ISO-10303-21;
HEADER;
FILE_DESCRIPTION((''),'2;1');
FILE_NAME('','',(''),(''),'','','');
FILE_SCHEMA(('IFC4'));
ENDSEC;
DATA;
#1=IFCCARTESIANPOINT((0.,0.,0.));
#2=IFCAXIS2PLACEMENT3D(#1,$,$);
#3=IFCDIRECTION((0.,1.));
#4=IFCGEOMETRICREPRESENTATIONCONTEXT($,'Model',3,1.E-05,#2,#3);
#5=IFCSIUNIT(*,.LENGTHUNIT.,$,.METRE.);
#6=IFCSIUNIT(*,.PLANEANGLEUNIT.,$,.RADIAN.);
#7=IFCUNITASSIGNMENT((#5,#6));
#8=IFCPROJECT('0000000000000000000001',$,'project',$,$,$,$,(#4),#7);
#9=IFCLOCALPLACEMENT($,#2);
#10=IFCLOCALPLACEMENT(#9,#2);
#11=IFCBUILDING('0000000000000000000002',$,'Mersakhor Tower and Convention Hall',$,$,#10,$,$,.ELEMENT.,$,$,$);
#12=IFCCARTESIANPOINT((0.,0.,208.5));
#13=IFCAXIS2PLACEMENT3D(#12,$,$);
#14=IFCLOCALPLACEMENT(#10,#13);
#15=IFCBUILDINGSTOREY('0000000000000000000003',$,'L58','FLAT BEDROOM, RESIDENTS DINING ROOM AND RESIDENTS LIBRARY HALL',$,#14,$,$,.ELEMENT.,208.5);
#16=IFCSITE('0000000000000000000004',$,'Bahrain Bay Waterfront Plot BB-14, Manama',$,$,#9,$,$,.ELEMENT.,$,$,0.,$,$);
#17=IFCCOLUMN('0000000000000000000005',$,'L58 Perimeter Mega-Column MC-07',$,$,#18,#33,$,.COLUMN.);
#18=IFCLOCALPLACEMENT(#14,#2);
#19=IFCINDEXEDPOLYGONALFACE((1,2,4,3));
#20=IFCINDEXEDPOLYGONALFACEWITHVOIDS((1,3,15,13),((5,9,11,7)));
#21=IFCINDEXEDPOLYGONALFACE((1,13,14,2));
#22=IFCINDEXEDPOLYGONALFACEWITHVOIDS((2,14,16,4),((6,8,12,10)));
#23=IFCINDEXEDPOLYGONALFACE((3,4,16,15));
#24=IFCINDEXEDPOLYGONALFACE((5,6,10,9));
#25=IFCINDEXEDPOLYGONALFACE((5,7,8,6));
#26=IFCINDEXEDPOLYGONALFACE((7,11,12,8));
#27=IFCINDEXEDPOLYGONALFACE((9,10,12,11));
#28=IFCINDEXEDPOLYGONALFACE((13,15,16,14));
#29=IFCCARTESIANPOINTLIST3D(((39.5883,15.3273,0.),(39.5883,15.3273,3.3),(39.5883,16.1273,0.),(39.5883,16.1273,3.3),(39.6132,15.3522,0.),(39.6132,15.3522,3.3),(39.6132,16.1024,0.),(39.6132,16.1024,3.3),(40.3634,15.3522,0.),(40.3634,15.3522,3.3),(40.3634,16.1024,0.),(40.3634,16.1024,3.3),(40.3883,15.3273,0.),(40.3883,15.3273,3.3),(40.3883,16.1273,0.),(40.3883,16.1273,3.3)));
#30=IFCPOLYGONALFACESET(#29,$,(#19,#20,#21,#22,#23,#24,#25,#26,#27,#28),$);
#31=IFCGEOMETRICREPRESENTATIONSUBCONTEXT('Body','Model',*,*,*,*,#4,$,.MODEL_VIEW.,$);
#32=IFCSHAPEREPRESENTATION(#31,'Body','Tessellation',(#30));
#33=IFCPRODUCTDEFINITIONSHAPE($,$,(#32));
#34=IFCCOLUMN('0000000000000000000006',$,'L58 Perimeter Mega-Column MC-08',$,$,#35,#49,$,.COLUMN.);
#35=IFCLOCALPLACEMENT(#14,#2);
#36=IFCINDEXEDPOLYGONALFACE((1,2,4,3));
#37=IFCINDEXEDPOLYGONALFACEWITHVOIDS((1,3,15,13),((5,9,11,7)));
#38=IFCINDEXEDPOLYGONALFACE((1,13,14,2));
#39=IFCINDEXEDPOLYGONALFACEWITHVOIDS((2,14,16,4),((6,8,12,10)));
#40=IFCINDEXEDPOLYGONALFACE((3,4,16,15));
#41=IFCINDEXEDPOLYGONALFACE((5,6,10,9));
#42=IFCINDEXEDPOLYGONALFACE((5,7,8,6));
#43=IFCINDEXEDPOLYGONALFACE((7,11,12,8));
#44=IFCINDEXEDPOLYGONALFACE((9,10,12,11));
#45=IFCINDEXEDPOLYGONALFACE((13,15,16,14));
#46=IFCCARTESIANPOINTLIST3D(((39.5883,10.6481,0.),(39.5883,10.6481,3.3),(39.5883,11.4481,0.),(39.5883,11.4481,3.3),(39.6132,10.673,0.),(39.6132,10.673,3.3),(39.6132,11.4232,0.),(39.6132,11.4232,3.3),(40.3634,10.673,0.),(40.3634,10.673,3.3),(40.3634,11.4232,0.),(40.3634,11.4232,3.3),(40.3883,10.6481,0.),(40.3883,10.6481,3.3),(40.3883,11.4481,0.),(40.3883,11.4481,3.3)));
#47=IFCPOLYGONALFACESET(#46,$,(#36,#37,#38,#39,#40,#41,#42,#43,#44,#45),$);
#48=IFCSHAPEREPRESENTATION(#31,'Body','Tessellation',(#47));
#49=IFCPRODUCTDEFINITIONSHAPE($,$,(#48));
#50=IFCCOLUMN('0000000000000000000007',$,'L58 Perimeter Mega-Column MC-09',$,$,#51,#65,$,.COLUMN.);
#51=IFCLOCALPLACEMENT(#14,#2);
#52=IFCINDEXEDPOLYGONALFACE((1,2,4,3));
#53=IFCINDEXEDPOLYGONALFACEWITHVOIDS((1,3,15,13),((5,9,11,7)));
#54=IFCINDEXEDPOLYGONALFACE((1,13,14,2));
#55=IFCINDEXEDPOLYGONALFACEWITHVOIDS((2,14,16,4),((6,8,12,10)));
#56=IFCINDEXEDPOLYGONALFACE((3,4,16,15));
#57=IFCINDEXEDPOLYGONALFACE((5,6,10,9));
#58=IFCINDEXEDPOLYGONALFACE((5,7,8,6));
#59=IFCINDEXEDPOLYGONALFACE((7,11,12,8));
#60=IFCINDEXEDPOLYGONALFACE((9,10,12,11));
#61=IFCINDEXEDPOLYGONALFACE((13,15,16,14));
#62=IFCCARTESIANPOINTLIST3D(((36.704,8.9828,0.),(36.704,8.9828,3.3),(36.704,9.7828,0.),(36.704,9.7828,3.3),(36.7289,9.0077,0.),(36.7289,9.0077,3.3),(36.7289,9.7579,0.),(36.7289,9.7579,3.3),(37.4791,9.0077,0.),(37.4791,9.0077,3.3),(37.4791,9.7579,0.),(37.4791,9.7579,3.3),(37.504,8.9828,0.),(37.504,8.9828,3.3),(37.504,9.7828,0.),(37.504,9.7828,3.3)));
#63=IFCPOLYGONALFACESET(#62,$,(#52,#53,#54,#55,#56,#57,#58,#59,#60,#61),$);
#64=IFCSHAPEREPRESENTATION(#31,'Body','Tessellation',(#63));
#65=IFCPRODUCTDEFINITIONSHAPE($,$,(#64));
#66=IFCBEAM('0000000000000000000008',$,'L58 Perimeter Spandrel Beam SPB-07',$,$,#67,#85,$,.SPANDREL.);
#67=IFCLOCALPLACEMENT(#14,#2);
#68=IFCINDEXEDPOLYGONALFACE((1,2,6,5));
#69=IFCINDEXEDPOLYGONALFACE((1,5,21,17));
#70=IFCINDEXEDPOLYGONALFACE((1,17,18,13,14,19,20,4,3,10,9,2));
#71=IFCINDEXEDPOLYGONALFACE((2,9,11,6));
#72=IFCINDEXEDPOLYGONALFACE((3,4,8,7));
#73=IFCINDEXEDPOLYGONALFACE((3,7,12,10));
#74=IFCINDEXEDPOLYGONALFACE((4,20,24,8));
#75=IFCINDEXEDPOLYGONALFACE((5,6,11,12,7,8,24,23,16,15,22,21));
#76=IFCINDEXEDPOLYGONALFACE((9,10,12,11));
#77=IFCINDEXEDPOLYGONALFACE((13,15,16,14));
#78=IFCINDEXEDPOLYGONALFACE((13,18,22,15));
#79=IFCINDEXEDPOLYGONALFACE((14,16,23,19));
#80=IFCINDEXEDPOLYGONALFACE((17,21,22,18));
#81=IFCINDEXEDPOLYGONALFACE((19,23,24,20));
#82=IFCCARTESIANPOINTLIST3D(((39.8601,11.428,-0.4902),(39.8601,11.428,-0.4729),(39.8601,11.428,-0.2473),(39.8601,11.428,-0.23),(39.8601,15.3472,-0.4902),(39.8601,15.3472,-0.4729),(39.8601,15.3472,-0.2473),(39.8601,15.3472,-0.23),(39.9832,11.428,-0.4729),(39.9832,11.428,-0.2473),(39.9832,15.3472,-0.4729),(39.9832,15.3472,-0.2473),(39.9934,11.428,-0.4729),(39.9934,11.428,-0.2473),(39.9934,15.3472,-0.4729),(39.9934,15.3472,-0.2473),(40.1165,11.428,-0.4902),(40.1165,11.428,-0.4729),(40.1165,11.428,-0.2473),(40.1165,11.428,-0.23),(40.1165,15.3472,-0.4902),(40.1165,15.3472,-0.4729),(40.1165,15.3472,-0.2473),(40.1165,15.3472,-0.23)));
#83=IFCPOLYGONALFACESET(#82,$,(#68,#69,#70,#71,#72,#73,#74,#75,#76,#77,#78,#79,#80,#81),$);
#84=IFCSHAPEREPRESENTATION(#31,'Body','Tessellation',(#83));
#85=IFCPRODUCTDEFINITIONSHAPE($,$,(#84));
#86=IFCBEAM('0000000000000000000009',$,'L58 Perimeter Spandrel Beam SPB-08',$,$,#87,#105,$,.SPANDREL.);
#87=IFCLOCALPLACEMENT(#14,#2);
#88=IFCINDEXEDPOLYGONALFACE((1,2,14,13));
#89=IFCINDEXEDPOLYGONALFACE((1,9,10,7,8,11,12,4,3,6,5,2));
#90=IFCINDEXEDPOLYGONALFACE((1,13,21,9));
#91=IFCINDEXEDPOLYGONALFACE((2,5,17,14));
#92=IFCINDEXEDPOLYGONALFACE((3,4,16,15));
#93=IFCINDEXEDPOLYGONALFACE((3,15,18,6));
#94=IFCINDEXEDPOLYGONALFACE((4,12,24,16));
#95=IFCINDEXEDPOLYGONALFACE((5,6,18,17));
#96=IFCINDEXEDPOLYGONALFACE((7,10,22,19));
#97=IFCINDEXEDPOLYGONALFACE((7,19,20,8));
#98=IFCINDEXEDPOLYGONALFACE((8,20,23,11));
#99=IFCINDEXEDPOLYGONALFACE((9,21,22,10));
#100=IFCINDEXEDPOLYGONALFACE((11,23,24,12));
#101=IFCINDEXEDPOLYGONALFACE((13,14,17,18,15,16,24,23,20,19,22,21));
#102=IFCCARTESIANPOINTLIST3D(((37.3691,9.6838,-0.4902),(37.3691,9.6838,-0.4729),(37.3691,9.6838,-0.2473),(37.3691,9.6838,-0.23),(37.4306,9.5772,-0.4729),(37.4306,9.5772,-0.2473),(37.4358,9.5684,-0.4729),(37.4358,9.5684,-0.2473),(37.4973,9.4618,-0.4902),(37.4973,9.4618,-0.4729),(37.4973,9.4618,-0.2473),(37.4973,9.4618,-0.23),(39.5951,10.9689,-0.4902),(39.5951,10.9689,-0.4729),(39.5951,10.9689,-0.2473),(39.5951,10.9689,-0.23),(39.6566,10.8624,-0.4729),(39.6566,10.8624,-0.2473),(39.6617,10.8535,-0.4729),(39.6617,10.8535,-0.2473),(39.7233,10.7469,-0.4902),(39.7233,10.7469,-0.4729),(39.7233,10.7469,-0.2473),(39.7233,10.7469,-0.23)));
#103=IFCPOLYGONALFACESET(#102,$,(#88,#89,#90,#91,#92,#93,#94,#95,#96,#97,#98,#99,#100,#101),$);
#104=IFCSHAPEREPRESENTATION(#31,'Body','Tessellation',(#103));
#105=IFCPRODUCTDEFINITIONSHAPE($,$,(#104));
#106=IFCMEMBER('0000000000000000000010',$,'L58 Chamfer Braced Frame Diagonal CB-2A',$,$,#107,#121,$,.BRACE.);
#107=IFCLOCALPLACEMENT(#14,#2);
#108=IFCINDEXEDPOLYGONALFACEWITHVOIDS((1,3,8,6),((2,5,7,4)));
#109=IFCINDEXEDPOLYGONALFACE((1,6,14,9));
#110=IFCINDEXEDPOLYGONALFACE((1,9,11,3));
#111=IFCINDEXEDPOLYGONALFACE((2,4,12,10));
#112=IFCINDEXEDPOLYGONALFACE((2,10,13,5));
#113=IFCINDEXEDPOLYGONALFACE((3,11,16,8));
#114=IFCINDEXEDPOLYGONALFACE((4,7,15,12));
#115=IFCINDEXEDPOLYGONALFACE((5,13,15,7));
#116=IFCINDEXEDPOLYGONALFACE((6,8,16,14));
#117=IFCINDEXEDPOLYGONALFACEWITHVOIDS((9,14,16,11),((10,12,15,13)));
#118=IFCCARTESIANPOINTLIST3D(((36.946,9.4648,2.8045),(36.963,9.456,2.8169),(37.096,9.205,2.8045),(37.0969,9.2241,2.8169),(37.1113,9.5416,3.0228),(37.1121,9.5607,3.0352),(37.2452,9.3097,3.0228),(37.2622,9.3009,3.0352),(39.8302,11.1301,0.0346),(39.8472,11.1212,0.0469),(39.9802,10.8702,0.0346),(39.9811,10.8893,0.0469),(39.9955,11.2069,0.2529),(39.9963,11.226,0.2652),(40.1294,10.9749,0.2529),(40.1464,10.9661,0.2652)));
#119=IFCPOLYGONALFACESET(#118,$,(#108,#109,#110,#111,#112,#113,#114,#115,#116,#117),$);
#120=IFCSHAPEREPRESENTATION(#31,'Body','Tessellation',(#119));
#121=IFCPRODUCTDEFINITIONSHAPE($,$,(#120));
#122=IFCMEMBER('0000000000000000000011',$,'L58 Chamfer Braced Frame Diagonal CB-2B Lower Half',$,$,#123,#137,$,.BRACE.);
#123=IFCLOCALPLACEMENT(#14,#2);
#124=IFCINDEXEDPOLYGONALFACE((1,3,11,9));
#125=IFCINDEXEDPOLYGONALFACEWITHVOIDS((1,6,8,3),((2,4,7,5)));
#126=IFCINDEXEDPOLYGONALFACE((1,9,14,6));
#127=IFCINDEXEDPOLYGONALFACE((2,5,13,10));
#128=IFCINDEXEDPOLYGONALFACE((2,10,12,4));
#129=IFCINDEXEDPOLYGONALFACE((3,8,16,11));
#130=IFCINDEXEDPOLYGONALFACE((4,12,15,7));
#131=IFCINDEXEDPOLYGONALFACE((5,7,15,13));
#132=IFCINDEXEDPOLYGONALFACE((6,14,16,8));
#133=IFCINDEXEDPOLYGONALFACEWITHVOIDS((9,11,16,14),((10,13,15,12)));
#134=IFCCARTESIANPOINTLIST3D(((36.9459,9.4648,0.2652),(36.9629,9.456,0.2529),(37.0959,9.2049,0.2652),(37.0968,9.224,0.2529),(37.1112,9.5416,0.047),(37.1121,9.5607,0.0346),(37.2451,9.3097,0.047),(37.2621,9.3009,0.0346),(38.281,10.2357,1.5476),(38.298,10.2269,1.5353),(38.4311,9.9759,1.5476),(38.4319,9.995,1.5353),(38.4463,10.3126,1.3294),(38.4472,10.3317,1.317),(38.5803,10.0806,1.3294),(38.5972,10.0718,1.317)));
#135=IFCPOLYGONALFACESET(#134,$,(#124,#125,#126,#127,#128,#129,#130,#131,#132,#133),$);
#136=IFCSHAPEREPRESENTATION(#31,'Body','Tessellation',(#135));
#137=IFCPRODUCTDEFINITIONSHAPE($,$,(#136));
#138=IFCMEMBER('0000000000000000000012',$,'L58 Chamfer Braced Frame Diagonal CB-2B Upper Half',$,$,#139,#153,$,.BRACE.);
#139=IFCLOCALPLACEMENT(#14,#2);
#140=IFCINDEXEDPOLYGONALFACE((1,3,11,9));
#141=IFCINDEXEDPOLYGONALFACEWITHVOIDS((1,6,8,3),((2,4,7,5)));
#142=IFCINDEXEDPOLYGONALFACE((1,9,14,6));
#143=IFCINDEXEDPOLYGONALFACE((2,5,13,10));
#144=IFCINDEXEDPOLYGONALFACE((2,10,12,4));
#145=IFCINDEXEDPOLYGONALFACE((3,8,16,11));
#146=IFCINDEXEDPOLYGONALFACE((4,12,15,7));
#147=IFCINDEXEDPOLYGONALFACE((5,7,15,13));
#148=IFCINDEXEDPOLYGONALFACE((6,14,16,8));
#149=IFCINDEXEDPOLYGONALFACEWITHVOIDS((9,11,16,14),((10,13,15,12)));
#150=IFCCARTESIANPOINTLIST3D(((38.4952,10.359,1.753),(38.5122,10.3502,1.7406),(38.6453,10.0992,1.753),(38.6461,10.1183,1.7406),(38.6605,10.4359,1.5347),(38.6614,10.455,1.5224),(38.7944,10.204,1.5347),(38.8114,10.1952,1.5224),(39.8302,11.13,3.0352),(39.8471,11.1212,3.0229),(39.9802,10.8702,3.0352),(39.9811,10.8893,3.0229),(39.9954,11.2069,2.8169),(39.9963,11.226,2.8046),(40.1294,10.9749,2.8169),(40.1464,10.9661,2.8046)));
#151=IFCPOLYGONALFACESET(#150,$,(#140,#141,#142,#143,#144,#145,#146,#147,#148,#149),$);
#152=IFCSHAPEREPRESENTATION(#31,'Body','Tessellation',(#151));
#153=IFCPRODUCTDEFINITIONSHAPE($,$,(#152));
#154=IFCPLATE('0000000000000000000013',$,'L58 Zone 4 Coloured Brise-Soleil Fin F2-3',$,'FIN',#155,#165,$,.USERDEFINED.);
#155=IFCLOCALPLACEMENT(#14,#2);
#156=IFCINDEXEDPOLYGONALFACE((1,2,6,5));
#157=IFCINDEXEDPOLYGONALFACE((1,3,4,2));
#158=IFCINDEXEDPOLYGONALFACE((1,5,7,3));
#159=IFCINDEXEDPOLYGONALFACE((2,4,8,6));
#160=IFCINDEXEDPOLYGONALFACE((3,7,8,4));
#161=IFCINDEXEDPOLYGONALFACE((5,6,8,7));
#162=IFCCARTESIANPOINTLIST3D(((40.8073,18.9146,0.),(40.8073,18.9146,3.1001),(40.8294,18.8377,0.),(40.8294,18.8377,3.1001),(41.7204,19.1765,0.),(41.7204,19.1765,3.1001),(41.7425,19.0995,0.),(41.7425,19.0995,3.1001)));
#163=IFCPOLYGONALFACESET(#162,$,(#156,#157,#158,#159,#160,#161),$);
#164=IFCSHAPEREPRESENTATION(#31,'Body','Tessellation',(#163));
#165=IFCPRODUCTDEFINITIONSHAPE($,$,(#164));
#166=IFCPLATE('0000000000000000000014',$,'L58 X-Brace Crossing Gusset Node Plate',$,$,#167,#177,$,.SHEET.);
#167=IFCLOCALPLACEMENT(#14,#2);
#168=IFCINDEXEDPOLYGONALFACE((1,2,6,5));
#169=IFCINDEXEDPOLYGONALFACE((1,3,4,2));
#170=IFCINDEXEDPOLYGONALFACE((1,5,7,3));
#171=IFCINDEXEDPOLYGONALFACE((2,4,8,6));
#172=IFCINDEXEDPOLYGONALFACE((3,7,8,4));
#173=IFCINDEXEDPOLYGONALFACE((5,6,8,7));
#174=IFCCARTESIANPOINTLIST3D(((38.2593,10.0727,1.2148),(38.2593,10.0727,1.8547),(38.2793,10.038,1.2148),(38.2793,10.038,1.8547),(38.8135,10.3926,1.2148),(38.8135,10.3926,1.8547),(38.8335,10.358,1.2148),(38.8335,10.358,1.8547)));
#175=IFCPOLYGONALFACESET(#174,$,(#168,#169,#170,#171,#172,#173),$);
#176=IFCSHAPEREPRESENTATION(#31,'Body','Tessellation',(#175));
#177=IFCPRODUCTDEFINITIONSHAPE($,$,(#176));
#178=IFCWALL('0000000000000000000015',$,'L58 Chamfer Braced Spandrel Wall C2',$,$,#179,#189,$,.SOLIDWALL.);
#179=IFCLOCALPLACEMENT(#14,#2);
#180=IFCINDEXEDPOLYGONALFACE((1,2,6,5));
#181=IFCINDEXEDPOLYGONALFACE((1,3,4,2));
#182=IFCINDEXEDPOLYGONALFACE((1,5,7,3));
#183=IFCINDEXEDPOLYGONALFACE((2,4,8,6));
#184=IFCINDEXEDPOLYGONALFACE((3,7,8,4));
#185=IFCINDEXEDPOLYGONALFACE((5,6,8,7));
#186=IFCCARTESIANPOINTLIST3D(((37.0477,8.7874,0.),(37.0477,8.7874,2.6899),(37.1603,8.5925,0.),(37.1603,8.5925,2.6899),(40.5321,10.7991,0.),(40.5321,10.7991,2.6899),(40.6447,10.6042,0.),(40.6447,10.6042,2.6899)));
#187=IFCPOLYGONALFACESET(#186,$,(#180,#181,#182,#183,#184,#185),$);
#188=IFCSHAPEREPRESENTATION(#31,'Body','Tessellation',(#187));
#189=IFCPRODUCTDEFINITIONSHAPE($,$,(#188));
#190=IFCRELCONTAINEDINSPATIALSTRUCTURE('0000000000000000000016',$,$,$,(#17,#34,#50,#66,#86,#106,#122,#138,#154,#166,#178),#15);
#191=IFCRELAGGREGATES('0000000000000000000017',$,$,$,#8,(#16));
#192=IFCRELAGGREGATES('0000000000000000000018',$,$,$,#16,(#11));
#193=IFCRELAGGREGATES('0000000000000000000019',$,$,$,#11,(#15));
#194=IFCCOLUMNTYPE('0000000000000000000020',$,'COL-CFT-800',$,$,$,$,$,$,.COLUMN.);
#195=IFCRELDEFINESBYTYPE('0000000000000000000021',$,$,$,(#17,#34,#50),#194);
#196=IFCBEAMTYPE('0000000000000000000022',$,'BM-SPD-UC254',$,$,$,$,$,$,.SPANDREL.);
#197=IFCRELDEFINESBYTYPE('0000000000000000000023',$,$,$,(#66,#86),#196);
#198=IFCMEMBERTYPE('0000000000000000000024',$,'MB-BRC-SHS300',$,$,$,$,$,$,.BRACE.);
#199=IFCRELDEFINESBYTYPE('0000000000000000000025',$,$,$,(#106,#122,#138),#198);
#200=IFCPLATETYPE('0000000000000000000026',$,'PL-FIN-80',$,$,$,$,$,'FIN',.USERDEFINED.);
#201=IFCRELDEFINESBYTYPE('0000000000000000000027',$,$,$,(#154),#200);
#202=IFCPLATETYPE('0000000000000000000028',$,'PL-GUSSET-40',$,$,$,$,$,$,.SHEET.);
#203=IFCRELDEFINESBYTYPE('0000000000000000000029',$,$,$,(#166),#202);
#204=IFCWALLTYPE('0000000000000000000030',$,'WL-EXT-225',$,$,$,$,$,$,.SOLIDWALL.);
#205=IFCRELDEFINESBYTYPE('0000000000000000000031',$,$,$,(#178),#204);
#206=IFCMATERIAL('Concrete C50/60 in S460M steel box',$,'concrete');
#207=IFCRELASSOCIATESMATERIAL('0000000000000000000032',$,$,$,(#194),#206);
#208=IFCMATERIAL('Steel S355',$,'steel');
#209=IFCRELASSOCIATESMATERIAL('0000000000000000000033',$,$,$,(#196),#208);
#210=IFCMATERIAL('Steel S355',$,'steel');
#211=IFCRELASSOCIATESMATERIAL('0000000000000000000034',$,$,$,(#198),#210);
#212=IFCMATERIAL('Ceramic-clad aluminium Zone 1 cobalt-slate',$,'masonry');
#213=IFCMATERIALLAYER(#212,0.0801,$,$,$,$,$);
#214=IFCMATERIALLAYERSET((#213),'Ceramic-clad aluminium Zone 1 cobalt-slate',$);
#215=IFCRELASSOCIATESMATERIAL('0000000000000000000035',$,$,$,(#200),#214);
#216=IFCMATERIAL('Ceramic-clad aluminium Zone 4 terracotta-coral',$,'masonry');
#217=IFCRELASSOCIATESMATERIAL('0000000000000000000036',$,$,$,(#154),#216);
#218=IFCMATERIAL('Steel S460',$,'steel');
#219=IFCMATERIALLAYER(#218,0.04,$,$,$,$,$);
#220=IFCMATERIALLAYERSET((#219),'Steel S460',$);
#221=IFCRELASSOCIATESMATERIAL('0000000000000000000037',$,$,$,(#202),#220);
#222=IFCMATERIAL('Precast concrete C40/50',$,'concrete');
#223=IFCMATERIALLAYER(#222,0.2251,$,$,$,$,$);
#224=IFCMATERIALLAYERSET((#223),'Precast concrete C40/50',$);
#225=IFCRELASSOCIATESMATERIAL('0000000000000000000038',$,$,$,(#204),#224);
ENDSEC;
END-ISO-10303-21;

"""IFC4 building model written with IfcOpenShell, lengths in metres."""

from ifc_helpers import new_model, si_unit, direction, frame, frame_2d, origin, origin_2d, place, context, subcontext, project, spatial, rectangle, hollow_rectangle, i_section, extrude, material, layer, layer_set, material_profile, profile_set, type_object, element, save


model = new_model("IFC4")

# Units and contexts
model_context = context("Model", 3, precision=1e-05, world=origin(), true_north=direction((0.0, 1.0)))
body_context = subcontext(model_context, "Body", "Model", "MODEL_VIEW")
ifc_project = project(units=[si_unit("LENGTHUNIT", "METRE"), si_unit("PLANEANGLEUNIT", "RADIAN")], contexts=[model_context])

# Site, building, storey
site_placement = place(None, origin())
site = spatial("IfcSite", under=ifc_project, at=site_placement, Name="Bahrain Bay Waterfront Plot BB-14, Manama", CompositionType="ELEMENT", RefElevation=0.0)
building_placement = place(site_placement, origin())
building = spatial("IfcBuilding", under=site, at=building_placement, Name="Mersakhor Tower and Convention Hall", CompositionType="ELEMENT")
storey_placement = place(building_placement, frame((0.0, 0.0, 208.5)))
storey = spatial("IfcBuildingStorey", under=building, at=storey_placement, Name="L58", Description="FLAT BEDROOM, RESIDENTS DINING ROOM AND RESIDENTS LIBRARY HALL", CompositionType="ELEMENT", Elevation=208.5)

# Columns
ifc_material_1 = material(Name="Concrete C50/60 in S460M steel box", Category="concrete")
ifc_material_profile_1 = material_profile(ifc_material_1, hollow_rectangle(XDim=0.8, YDim=0.8, WallThickness=0.0249, at=origin_2d()), Name="SHS 800x800x25")
ifc_profile_set_1 = profile_set([ifc_material_profile_1], Name="Concrete C50/60 in S460M steel box")
column_type = type_object("IfcColumnType", Name="COL-CFT-800", PredefinedType="COLUMN", material=ifc_profile_set_1)
for number, where, z_axis, x_axis, name in (
    (1, (39.9883, 15.7273, 0.0), (0.0, 0.0, 1.0), (1.0, 0.0, 0.0), "L58 Perimeter Mega-Column MC-07"),
    (2, (39.9883, 11.0481, 0.0), (0.0, 0.0, 1.0), (1.0, 0.0, 0.0), "L58 Perimeter Mega-Column MC-08"),
    (3, (37.104, 9.3828, 0.0), (0.0, 0.0, 1.0), (1.0, 0.0, 0.0), "L58 Perimeter Mega-Column MC-09"),
):
    element("IfcColumn", number, at=place(storey_placement, frame(where, z_axis=z_axis, x_axis=x_axis)), inside=storey, type_object=column_type, Name=name, PredefinedType="COLUMN", context=body_context, shape_type="SweptSolid", body=[
        extrude(hollow_rectangle(XDim=0.8, YDim=0.8, WallThickness=0.0249, at=origin_2d()), origin(), (0.0, 0.0, 1.0), 3.3),
    ])

# Beams
ifc_material_2 = material(Name="Steel S355", Category="steel")
ifc_material_profile_2 = material_profile(ifc_material_2, i_section(OverallWidth=0.2563, OverallDepth=0.2603, WebThickness=0.0103, FlangeThickness=0.0173, at=origin_2d()), Name="UC 254x254x89")
ifc_profile_set_2 = profile_set([ifc_material_profile_2], Name="Steel S355")
beam_type = type_object("IfcBeamType", Name="BM-SPD-UC254", PredefinedType="SPANDREL", material=ifc_profile_set_2)
beam_1_placement = place(storey_placement, frame((39.9883, 15.3472, -0.3601), z_axis=(0.0, -1.0, 0.0), x_axis=(1.0, 0.0, 0.0)))
element("IfcBeam", 4, at=beam_1_placement, inside=storey, type_object=beam_type, Name="L58 Perimeter Spandrel Beam SPB-07", PredefinedType="SPANDREL", context=body_context, shape_type="SweptSolid", body=[
    extrude(i_section(OverallWidth=0.2563, OverallDepth=0.2603, WebThickness=0.0103, FlangeThickness=0.0173, at=origin_2d()), origin(), (0.0, 0.0, 1.0), 3.9192),
])
beam_2_placement = place(storey_placement, frame((39.6592, 10.8579, -0.3601), z_axis=(-0.866037, -0.49998, 0.0), x_axis=(0.49998, -0.866037, 0.0)))
element("IfcBeam", 5, at=beam_2_placement, inside=storey, type_object=beam_type, Name="L58 Perimeter Spandrel Beam SPB-08", PredefinedType="SPANDREL", context=body_context, shape_type="SweptSolid", body=[
    extrude(i_section(OverallWidth=0.2563, OverallDepth=0.2603, WebThickness=0.0103, FlangeThickness=0.0173, at=origin_2d()), origin(), (0.0, 0.0, 1.0), 2.5703),
])

# Members
ifc_material_3 = material(Name="Steel S355", Category="steel")
ifc_material_profile_3 = material_profile(ifc_material_3, hollow_rectangle(XDim=0.3, YDim=0.3, WallThickness=0.0161, at=origin_2d()), Name="SHS 300x300x16")
ifc_profile_set_3 = profile_set([ifc_material_profile_3], Name="Steel S355")
member_type = type_object("IfcMemberType", Name="MB-BRC-SHS300", PredefinedType="BRACE", material=ifc_profile_set_3)
member_1_placement = place(storey_placement, frame((39.9883, 11.0481, 0.1499), z_axis=(-0.665825, -0.384425, 0.639449), x_axis=(0.50001, -0.86602, 0.0)))
element("IfcMember", 6, at=member_1_placement, inside=storey, type_object=member_type, Name="L58 Chamfer Braced Frame Diagonal CB-2A", PredefinedType="BRACE", context=body_context, shape_type="SweptSolid", body=[
    extrude(hollow_rectangle(XDim=0.3, YDim=0.3, WallThickness=0.0161, at=origin_2d()), origin(), (0.0, 0.0, 1.0), 4.3318),
])
member_2_placement = place(storey_placement, frame((37.104, 9.3828, 0.1499), z_axis=(0.665779, 0.384445, 0.639484), x_axis=(-0.500056, 0.865993, 0.0)))
element("IfcMember", 7, at=member_2_placement, inside=storey, type_object=member_type, Name="L58 Chamfer Braced Frame Diagonal CB-2B Lower Half", PredefinedType="BRACE", context=body_context, shape_type="SweptSolid", body=[
    extrude(hollow_rectangle(XDim=0.3, YDim=0.3, WallThickness=0.0161, at=origin_2d()), origin(), (0.0, 0.0, 1.0), 2.0054),
])
member_3_placement = place(storey_placement, frame((38.6533, 10.2771, 1.6377), z_axis=(0.665763, 0.384506, 0.639464), x_axis=(-0.500125, 0.865953, 0.0)))
element("IfcMember", 8, at=member_3_placement, inside=storey, type_object=member_type, Name="L58 Chamfer Braced Frame Diagonal CB-2B Upper Half", PredefinedType="BRACE", context=body_context, shape_type="SweptSolid", body=[
    extrude(hollow_rectangle(XDim=0.3, YDim=0.3, WallThickness=0.0161, at=origin_2d()), origin(), (0.0, 0.0, 1.0), 2.0051),
])

# Plates
ifc_material_4 = material(Name="Ceramic-clad aluminium Zone 4 terracotta-coral", Category="masonry")
ifc_material_5 = material(Name="Ceramic-clad aluminium Zone 1 cobalt-slate", Category="masonry")
ifc_layer_1 = layer(ifc_material_5, 0.0801)
ifc_layer_set_1 = layer_set([ifc_layer_1], Name="Ceramic-clad aluminium Zone 1 cobalt-slate")
plate_type_1 = type_object("IfcPlateType", Name="PL-FIN-80", ElementType="FIN", PredefinedType="USERDEFINED", material=ifc_layer_set_1)
plate_1_placement = place(storey_placement, frame((41.2749, 19.0071, 0.0), z_axis=(0.0, 0.0, 1.0), x_axis=(0.961262, 0.275637, 0.0)))
element("IfcPlate", 9, at=plate_1_placement, inside=storey, type_object=plate_type_1, material=ifc_material_4, Name="L58 Zone 4 Coloured Brise-Soleil Fin F2-3", ObjectType="FIN", PredefinedType="USERDEFINED", context=body_context, shape_type="SweptSolid", body=[
    extrude(rectangle(XDim=0.95, YDim=0.0801, at=origin_2d()), origin(), (0.0, 0.0, 1.0), 3.1001),
])
ifc_material_6 = material(Name="Steel S460", Category="steel")
ifc_layer_2 = layer(ifc_material_6, 0.04)
ifc_layer_set_2 = layer_set([ifc_layer_2], Name="Steel S460")
plate_type_2 = type_object("IfcPlateType", Name="PL-GUSSET-40", PredefinedType="SHEET", material=ifc_layer_set_2)
plate_2_placement = place(storey_placement, frame((38.5464, 10.2153, 1.2148), z_axis=(0.0, 0.0, 1.0), x_axis=(0.866025, 0.5, 0.0)))
element("IfcPlate", 10, at=plate_2_placement, inside=storey, type_object=plate_type_2, Name="L58 X-Brace Crossing Gusset Node Plate", PredefinedType="SHEET", context=body_context, shape_type="SweptSolid", body=[
    extrude(rectangle(XDim=0.6399, YDim=0.04, at=origin_2d()), origin(), (0.0, 0.0, 1.0), 0.6399),
])

# Wall
ifc_material_7 = material(Name="Precast concrete C40/50", Category="concrete")
ifc_layer_3 = layer(ifc_material_7, 0.2251)
ifc_layer_set_3 = layer_set([ifc_layer_3], Name="Precast concrete C40/50")
wall_type_1 = type_object("IfcWallType", Name="WL-EXT-225", PredefinedType="SOLIDWALL", material=ifc_layer_set_3)
wall_1_placement = place(storey_placement, frame((40.5884, 10.7017, 0.0), z_axis=(0.0, 0.0, 1.0), x_axis=(-0.866024, -0.500003, 0.0)))
element("IfcWall", 11, at=wall_1_placement, inside=storey, type_object=wall_type_1, Name="L58 Chamfer Braced Spandrel Wall C2", PredefinedType="SOLIDWALL", context=body_context, shape_type="SweptSolid", body=[
    extrude(rectangle(XDim=4.0234, YDim=0.2251, at=frame_2d((2.0117, 0.0))), origin(), (0.0, 0.0, 1.0), 2.6899),
])

save(model, "model.ifc")
